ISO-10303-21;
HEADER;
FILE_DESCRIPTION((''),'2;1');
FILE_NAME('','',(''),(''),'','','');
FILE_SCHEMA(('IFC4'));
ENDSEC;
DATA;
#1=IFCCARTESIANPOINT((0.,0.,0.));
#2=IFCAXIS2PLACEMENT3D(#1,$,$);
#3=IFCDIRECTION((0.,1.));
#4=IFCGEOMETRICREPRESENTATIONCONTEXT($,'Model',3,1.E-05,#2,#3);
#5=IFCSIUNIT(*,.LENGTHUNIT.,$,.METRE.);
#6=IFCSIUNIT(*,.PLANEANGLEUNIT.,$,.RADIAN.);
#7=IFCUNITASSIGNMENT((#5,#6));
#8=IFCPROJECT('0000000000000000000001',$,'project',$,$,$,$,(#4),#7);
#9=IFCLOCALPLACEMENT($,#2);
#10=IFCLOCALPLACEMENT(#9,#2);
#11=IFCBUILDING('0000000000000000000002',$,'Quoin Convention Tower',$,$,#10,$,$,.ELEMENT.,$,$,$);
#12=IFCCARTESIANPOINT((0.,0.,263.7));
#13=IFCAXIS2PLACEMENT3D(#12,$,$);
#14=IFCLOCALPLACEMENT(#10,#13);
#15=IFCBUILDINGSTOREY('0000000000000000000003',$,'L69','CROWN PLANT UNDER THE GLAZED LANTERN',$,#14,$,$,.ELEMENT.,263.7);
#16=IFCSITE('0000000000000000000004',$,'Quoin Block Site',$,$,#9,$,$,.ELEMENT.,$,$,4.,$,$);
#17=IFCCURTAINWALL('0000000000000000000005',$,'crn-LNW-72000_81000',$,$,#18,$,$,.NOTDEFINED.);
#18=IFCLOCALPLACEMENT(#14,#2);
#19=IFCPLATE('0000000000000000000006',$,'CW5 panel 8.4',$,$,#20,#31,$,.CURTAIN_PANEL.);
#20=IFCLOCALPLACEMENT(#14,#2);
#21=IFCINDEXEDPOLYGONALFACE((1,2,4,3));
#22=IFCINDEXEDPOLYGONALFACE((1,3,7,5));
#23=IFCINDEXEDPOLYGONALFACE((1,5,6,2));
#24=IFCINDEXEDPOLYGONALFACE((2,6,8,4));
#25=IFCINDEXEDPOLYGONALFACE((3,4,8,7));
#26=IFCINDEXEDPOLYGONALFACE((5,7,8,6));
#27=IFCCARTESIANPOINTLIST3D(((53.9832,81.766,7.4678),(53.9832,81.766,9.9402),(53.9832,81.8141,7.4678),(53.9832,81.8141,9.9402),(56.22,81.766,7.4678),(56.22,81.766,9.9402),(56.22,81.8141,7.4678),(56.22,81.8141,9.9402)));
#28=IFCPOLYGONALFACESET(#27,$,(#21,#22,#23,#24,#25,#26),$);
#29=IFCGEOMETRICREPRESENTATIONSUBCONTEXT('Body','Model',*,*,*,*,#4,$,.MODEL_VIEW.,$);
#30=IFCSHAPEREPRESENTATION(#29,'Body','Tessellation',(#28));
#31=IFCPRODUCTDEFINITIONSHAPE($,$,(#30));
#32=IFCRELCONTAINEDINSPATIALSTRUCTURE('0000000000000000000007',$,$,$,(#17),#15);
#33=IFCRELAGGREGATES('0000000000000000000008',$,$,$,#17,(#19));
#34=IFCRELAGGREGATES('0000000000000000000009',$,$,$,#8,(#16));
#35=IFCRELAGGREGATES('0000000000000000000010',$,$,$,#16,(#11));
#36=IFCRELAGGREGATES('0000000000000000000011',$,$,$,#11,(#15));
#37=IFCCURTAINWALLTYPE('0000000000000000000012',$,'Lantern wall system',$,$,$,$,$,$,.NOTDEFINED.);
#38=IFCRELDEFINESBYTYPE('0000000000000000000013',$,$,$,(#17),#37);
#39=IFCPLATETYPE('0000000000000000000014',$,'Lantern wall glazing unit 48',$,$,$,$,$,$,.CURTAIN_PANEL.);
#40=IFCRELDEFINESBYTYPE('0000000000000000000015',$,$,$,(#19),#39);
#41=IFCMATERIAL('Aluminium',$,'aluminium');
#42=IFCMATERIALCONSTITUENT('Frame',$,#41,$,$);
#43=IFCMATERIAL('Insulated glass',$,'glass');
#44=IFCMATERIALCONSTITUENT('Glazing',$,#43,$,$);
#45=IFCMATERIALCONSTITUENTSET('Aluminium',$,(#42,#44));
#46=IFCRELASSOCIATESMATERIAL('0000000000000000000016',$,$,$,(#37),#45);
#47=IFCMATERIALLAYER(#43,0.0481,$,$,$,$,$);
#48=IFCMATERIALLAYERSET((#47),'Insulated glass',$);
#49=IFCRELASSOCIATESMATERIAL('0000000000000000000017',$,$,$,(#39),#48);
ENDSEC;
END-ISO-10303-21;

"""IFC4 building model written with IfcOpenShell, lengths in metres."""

from ifc_helpers import new_model, si_unit, direction, frame, origin, origin_2d, place, context, subcontext, project, spatial, rectangle, extrude, material, layer, layer_set, constituent, constituent_set, type_object, element, aggregate, save


model = new_model("IFC4")

# Units and contexts
model_context = context("Model", 3, precision=1e-05, world=origin(), true_north=direction((0.0, 1.0)))
body_context = subcontext(model_context, "Body", "Model", "MODEL_VIEW")
ifc_project = project(units=[si_unit("LENGTHUNIT", "METRE"), si_unit("PLANEANGLEUNIT", "RADIAN")], contexts=[model_context])

# Site, building, storey
site_placement = place(None, origin())
site = spatial("IfcSite", under=ifc_project, at=site_placement, Name="Quoin Block Site", CompositionType="ELEMENT", RefElevation=4.0)
building_placement = place(site_placement, origin())
building = spatial("IfcBuilding", under=site, at=building_placement, Name="Quoin Convention Tower", CompositionType="ELEMENT")
storey_placement = place(building_placement, frame((0.0, 0.0, 263.7)))
storey = spatial("IfcBuildingStorey", under=building, at=storey_placement, Name="L69", Description="CROWN PLANT UNDER THE GLAZED LANTERN", CompositionType="ELEMENT", Elevation=263.7)

# Shared definitions
ifc_material_1 = material(Name="Aluminium", Category="aluminium")
ifc_constituent_1 = constituent(ifc_material_1, Name="Frame")
ifc_material_2 = material(Name="Insulated glass", Category="glass")
ifc_constituent_2 = constituent(ifc_material_2, Name="Glazing")
ifc_constituent_set = constituent_set(constituents=[ifc_constituent_1, ifc_constituent_2], Name="Aluminium")
curtain_wall_type = type_object("IfcCurtainWallType", Name="Lantern wall system", PredefinedType="NOTDEFINED", material=ifc_constituent_set)

# Curtain wall
curtain_wall_1_placement = place(storey_placement, origin())
curtain_wall_1 = element("IfcCurtainWall", 1, at=curtain_wall_1_placement, inside=storey, type_object=curtain_wall_type, Name="crn-LNW-72000_81000", PredefinedType="NOTDEFINED")

# Plate
ifc_layer = layer(ifc_material_2, 0.0481)
ifc_layer_set = layer_set([ifc_layer], Name="Insulated glass")
plate_type = type_object("IfcPlateType", Name="Lantern wall glazing unit 48", PredefinedType="CURTAIN_PANEL", material=ifc_layer_set)
plate_1_placement = place(storey_placement, frame((55.1016, 81.79, 7.4678), z_axis=(0.0, 0.0, 1.0), x_axis=(-1.0, 0.0, 0.0)))
plate_1 = element("IfcPlate", 2, at=plate_1_placement, type_object=plate_type, Name="CW5 panel 8.4", PredefinedType="CURTAIN_PANEL", context=body_context, shape_type="SweptSolid", body=[
    extrude(rectangle(XDim=2.2368, YDim=0.0481, at=origin_2d()), origin(), (0.0, 0.0, 1.0), 2.4724),
])
aggregate(curtain_wall_1, [plate_1])

save(model, "model.ifc")
